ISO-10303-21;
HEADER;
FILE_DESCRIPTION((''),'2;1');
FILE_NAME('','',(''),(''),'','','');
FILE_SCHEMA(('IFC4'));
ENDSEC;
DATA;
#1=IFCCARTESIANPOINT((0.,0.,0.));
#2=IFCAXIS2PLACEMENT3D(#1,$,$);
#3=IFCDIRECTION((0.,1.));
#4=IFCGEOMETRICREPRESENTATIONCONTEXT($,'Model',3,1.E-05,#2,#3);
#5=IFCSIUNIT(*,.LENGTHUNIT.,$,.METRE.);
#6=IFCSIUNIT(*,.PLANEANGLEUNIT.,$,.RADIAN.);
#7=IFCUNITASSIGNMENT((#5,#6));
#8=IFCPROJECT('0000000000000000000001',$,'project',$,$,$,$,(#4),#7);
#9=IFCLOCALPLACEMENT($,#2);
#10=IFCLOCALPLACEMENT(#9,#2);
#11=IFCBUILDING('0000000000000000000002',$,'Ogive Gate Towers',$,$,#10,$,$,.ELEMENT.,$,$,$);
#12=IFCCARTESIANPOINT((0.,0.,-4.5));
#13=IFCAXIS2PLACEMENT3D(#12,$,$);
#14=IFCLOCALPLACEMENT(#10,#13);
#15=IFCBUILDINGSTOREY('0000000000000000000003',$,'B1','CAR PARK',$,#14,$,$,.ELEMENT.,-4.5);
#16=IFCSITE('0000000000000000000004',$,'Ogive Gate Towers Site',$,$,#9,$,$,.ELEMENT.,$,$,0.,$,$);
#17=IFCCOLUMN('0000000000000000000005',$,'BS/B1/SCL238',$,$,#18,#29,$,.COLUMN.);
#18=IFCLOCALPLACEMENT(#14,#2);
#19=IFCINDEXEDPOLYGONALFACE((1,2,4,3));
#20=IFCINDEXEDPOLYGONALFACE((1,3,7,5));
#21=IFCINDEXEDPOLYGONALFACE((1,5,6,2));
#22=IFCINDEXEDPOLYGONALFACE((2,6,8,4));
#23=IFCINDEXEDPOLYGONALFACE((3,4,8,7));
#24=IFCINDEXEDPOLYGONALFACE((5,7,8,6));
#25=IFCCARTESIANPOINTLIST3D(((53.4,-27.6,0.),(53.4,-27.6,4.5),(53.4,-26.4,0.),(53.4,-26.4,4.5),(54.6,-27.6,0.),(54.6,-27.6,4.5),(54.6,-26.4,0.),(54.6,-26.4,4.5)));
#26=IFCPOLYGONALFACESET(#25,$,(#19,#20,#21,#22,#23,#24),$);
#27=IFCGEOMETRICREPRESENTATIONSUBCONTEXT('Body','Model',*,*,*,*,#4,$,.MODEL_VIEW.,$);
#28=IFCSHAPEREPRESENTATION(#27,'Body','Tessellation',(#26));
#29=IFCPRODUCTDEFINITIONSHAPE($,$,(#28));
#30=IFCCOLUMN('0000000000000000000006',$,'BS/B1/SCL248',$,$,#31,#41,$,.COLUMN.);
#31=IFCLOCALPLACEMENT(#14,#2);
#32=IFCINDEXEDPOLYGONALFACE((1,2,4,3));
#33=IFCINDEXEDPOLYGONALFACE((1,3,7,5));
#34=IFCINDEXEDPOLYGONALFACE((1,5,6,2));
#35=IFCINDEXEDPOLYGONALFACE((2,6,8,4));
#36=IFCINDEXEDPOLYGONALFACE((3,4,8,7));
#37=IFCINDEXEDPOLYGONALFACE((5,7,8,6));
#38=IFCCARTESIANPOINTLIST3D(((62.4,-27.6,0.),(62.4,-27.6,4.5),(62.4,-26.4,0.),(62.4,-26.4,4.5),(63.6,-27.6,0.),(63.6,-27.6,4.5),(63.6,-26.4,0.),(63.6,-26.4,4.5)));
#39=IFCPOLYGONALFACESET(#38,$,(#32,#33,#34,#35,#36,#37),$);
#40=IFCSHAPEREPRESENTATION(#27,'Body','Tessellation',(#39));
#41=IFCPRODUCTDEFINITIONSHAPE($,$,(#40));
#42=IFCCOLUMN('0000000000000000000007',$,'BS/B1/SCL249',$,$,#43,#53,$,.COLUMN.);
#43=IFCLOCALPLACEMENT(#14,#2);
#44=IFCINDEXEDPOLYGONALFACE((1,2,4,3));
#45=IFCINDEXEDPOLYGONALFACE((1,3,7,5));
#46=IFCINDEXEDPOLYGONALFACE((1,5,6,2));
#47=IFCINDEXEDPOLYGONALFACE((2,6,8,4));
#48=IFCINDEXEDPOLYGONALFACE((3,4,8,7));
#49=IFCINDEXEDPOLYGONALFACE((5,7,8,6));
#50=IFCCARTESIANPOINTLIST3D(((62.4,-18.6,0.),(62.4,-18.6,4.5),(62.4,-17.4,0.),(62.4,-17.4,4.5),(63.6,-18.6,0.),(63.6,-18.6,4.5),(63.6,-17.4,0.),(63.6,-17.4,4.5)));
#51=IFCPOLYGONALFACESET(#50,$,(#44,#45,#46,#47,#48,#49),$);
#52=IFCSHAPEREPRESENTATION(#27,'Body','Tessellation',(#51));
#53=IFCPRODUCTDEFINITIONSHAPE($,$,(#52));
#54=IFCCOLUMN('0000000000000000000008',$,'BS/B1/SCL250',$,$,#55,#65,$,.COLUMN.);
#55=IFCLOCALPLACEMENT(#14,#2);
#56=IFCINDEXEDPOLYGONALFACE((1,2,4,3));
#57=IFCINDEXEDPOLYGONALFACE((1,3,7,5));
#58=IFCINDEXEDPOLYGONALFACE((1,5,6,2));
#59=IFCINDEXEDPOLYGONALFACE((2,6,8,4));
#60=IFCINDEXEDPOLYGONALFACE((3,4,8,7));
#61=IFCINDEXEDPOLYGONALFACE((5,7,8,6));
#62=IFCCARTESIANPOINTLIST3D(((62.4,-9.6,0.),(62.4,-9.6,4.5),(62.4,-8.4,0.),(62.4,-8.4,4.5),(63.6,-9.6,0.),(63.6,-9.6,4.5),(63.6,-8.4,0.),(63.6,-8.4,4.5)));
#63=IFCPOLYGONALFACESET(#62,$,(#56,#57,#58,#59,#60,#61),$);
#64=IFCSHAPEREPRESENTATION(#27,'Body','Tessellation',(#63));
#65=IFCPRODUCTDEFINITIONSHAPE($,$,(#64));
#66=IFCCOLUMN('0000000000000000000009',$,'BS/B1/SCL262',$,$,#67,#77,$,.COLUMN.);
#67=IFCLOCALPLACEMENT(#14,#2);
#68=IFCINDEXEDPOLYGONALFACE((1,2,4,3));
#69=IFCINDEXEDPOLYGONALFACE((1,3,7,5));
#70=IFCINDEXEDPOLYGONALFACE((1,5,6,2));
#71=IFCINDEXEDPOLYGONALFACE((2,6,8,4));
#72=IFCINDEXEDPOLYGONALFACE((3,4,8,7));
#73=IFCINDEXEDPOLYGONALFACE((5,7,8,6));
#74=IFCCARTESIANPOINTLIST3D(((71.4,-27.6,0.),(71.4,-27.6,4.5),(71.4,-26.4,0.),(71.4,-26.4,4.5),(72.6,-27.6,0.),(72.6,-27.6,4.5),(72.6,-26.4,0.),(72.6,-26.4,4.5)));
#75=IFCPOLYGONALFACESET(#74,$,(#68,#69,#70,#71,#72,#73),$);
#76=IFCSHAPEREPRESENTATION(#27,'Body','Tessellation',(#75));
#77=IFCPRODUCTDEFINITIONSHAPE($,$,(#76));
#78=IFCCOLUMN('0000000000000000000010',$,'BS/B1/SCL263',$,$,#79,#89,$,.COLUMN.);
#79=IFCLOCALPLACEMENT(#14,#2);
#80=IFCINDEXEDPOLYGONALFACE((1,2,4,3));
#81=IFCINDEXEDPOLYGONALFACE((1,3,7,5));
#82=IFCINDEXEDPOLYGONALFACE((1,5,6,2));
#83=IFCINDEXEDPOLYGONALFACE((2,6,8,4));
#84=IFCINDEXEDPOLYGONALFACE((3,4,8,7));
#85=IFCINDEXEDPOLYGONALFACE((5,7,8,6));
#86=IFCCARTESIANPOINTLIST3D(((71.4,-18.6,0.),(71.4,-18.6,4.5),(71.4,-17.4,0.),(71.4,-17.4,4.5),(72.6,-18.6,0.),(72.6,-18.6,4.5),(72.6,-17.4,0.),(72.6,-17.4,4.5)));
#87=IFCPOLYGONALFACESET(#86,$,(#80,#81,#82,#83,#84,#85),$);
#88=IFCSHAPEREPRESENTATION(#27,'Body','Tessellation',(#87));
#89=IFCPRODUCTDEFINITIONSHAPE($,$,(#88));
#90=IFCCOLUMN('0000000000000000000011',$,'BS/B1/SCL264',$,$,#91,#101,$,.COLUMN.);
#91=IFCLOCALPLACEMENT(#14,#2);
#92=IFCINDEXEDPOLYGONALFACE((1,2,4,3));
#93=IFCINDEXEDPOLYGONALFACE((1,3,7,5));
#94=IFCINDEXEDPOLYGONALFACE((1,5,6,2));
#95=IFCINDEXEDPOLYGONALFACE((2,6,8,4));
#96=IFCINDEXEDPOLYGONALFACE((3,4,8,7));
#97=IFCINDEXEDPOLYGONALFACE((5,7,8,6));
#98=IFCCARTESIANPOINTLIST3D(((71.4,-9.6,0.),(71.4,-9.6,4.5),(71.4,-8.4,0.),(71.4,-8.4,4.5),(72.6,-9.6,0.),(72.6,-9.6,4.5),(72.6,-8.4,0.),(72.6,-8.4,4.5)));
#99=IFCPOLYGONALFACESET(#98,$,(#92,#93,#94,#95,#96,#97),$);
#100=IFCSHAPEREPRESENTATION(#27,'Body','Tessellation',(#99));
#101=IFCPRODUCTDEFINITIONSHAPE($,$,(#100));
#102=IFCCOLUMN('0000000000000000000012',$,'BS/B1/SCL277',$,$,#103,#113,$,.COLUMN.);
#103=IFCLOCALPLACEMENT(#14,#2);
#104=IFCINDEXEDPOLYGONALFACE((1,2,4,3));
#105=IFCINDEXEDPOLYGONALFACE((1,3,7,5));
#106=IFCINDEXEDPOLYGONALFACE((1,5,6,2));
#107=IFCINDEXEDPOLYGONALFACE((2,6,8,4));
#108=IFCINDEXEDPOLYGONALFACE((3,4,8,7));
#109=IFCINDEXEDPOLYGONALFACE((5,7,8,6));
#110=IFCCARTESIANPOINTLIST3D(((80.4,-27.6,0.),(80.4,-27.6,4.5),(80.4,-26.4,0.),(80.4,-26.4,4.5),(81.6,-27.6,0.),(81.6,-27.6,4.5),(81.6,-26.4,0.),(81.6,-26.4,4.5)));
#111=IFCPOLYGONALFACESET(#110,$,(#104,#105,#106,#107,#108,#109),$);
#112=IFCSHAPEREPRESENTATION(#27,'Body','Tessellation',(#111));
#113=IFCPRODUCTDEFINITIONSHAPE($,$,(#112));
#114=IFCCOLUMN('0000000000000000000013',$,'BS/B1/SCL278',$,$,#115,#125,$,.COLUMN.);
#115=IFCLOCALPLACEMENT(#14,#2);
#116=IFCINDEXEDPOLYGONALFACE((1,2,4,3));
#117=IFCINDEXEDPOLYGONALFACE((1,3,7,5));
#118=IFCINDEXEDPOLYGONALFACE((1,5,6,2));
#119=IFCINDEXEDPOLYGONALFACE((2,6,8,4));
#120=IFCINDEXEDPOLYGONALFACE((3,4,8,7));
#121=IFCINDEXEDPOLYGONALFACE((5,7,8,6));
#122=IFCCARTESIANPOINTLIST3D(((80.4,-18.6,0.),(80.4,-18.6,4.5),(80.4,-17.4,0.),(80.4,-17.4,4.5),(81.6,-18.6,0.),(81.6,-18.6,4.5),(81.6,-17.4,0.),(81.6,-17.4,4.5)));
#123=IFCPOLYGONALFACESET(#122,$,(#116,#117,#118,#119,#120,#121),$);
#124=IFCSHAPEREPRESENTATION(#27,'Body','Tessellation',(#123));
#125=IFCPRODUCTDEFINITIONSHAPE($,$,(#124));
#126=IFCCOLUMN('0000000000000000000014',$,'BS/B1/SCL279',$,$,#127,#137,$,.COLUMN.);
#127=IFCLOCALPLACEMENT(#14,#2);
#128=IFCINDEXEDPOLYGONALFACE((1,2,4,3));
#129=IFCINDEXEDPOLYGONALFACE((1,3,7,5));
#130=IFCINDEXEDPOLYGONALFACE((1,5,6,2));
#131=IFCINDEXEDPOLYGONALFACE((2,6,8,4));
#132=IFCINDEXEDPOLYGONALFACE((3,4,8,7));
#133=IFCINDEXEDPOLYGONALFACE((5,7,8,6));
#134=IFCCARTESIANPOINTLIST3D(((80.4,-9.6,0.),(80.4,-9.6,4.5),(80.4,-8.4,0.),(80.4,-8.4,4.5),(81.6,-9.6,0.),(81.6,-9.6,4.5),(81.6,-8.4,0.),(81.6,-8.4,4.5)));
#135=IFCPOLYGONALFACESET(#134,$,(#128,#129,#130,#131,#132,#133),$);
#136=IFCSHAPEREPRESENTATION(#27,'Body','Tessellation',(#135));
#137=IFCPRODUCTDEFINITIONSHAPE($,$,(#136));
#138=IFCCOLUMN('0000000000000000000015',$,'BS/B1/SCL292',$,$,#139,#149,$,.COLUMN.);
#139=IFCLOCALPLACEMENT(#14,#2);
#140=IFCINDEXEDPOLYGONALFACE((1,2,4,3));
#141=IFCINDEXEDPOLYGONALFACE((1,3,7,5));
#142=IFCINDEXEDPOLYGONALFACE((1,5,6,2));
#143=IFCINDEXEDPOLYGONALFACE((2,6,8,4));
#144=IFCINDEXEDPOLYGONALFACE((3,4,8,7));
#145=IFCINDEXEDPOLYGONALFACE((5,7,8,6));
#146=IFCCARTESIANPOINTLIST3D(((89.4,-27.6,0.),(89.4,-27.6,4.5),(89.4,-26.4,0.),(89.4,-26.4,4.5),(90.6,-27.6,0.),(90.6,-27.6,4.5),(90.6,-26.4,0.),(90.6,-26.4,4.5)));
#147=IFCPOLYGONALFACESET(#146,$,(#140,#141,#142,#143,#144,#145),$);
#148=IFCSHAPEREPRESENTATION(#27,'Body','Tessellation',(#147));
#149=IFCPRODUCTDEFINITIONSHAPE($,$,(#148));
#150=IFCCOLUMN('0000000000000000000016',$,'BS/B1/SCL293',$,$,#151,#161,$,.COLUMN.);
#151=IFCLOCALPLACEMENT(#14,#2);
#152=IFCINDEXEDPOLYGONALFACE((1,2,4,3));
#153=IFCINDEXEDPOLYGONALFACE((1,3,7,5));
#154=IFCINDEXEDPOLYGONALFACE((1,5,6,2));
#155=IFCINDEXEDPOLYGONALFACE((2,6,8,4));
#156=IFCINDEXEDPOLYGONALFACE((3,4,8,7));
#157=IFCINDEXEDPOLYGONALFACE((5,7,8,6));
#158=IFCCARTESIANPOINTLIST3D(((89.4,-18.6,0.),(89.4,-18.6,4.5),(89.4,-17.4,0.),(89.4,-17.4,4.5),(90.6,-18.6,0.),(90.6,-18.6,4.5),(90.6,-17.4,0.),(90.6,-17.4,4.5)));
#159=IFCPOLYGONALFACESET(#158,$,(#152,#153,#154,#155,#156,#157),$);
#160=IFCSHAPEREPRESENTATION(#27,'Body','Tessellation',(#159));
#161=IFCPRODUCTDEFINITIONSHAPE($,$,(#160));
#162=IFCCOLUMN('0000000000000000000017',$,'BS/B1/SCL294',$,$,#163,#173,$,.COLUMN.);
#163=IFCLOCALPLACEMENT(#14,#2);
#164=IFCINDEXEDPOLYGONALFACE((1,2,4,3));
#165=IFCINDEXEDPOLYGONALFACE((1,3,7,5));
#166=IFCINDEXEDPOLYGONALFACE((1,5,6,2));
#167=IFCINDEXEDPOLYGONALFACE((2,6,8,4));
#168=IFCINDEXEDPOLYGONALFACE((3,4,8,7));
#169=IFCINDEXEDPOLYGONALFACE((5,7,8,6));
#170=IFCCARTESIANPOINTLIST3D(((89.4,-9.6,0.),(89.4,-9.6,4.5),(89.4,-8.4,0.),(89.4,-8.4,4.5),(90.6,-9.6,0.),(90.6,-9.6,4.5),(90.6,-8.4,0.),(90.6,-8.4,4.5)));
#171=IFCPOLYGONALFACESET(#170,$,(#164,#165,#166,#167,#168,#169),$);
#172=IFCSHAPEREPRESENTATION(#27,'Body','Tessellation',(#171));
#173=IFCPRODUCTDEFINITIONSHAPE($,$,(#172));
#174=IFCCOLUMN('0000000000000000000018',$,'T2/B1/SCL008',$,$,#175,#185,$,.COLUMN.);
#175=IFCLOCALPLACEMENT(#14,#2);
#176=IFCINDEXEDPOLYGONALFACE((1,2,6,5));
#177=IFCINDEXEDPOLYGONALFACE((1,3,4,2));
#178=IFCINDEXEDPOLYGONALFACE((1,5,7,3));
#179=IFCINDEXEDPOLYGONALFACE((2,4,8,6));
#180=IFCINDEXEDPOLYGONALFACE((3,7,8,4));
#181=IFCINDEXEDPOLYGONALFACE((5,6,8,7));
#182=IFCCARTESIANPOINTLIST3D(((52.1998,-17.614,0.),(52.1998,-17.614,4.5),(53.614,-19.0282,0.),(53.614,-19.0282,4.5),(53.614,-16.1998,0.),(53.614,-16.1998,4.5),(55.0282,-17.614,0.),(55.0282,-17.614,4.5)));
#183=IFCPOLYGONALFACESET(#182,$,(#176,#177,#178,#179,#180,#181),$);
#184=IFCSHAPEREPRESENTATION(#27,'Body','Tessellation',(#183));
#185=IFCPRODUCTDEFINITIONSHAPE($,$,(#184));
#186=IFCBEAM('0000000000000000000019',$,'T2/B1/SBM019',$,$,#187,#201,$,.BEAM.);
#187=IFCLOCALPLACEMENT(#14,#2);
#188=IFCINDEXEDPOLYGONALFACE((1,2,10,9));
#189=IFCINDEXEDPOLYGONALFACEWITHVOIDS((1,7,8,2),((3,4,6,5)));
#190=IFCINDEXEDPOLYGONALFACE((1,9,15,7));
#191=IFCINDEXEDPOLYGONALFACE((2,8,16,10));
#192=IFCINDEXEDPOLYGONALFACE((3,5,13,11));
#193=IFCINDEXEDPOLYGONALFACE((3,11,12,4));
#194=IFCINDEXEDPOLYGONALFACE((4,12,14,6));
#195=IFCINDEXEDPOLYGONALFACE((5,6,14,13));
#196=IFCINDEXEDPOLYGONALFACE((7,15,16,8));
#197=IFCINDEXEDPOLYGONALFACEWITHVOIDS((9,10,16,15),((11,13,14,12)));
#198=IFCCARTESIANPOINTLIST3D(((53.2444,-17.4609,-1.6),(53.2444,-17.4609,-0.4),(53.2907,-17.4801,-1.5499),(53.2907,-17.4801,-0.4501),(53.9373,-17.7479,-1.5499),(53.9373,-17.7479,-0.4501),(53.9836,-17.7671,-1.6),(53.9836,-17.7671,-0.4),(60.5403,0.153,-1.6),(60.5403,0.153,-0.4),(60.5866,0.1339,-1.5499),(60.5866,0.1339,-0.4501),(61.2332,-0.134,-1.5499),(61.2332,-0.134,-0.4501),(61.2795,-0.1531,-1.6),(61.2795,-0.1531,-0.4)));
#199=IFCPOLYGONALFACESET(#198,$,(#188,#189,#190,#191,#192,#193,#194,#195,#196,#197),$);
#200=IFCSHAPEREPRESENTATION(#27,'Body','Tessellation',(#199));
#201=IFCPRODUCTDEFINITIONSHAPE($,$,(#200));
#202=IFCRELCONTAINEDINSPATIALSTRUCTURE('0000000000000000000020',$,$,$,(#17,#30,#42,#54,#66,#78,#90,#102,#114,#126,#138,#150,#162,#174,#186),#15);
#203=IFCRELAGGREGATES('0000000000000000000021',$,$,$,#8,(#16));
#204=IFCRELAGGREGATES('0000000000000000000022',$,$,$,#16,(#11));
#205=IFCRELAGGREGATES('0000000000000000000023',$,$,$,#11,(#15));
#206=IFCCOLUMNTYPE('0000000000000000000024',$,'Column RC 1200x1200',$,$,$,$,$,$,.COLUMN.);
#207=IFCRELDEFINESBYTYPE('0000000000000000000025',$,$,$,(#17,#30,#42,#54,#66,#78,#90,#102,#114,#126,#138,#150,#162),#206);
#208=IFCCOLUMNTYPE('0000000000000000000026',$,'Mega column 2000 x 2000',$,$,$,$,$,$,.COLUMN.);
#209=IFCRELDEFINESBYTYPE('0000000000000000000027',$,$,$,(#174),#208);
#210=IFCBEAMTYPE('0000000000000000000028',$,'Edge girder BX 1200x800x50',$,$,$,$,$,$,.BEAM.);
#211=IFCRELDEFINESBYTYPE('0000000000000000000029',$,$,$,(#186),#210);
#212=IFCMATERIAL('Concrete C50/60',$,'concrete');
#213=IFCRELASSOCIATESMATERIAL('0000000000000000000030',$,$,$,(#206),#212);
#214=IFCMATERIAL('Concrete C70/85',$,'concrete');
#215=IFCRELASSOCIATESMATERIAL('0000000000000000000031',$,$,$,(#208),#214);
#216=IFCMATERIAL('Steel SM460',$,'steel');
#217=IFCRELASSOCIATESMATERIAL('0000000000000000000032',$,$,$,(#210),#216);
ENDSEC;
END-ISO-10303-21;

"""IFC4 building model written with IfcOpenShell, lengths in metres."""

from ifc_helpers import new_model, si_unit, direction, frame, origin, origin_2d, place, context, subcontext, project, spatial, rectangle, hollow_rectangle, extrude, material, material_profile, profile_set, type_object, element, save


model = new_model("IFC4")

# Units and contexts
model_context = context("Model", 3, precision=1e-05, world=origin(), true_north=direction((0.0, 1.0)))
body_context = subcontext(model_context, "Body", "Model", "MODEL_VIEW")
ifc_project = project(units=[si_unit("LENGTHUNIT", "METRE"), si_unit("PLANEANGLEUNIT", "RADIAN")], contexts=[model_context])

# Site, building, storey
site_placement = place(None, origin())
site = spatial("IfcSite", under=ifc_project, at=site_placement, Name="Ogive Gate Towers Site", CompositionType="ELEMENT", RefElevation=0.0)
building_placement = place(site_placement, origin())
building = spatial("IfcBuilding", under=site, at=building_placement, Name="Ogive Gate Towers", CompositionType="ELEMENT")
storey_placement = place(building_placement, frame((0.0, 0.0, -4.5)))
storey = spatial("IfcBuildingStorey", under=building, at=storey_placement, Name="B1", Description="CAR PARK", CompositionType="ELEMENT", Elevation=-4.5)

# Columns
ifc_material_1 = material(Name="Concrete C50/60", Category="concrete")
ifc_material_profile_1 = material_profile(ifc_material_1, rectangle(XDim=1.2, YDim=1.2, at=origin_2d()), Name="RC 1200x1200")
ifc_profile_set_1 = profile_set([ifc_material_profile_1], Name="Concrete C50/60")
column_type_1 = type_object("IfcColumnType", Name="Column RC 1200x1200", PredefinedType="COLUMN", material=ifc_profile_set_1)
for number, where, z_axis, x_axis, name in (
    (1, (54.0, -27.0, 0.0), (0.0, 0.0, 1.0), (1.0, 0.0, 0.0), "BS/B1/SCL238"),
    (2, (63.0, -27.0, 0.0), (0.0, 0.0, 1.0), (1.0, 0.0, 0.0), "BS/B1/SCL248"),
    (3, (63.0, -18.0, 0.0), (0.0, 0.0, 1.0), (1.0, 0.0, 0.0), "BS/B1/SCL249"),
    (4, (63.0, -9.0, 0.0), (0.0, 0.0, 1.0), (1.0, 0.0, 0.0), "BS/B1/SCL250"),
    (5, (72.0, -27.0, 0.0), (0.0, 0.0, 1.0), (1.0, 0.0, 0.0), "BS/B1/SCL262"),
    (6, (72.0, -18.0, 0.0), (0.0, 0.0, 1.0), (1.0, 0.0, 0.0), "BS/B1/SCL263"),
    (7, (72.0, -9.0, 0.0), (0.0, 0.0, 1.0), (1.0, 0.0, 0.0), "BS/B1/SCL264"),
    (8, (81.0, -27.0, 0.0), (0.0, 0.0, 1.0), (1.0, 0.0, 0.0), "BS/B1/SCL277"),
    (9, (81.0, -18.0, 0.0), (0.0, 0.0, 1.0), (1.0, 0.0, 0.0), "BS/B1/SCL278"),
    (10, (81.0, -9.0, 0.0), (0.0, 0.0, 1.0), (1.0, 0.0, 0.0), "BS/B1/SCL279"),
    (11, (90.0, -27.0, 0.0), (0.0, 0.0, 1.0), (1.0, 0.0, 0.0), "BS/B1/SCL292"),
    (12, (90.0, -18.0, 0.0), (0.0, 0.0, 1.0), (1.0, 0.0, 0.0), "BS/B1/SCL293"),
    (13, (90.0, -9.0, 0.0), (0.0, 0.0, 1.0), (1.0, 0.0, 0.0), "BS/B1/SCL294"),
):
    element("IfcColumn", number, at=place(storey_placement, frame(where, z_axis=z_axis, x_axis=x_axis)), inside=storey, type_object=column_type_1, Name=name, PredefinedType="COLUMN", context=body_context, shape_type="SweptSolid", body=[
        extrude(rectangle(XDim=1.2, YDim=1.2, at=origin_2d()), origin(), (0.0, 0.0, 1.0), 4.5),
    ])
ifc_material_2 = material(Name="Concrete C70/85", Category="concrete")
ifc_material_profile_2 = material_profile(ifc_material_2, rectangle(XDim=2.0, YDim=2.0, at=origin_2d()), Name="RC 2000x2000")
ifc_profile_set_2 = profile_set([ifc_material_profile_2], Name="Concrete C70/85")
column_type_2 = type_object("IfcColumnType", Name="Mega column 2000 x 2000", PredefinedType="COLUMN", material=ifc_profile_set_2)
column_placement = place(storey_placement, frame((53.614, -17.614, 0.0), z_axis=(0.0, 0.0, 1.0), x_axis=(0.707107, -0.707107, 0.0)))
element("IfcColumn", 14, at=column_placement, inside=storey, type_object=column_type_2, Name="T2/B1/SCL008", PredefinedType="COLUMN", context=body_context, shape_type="SweptSolid", body=[
    extrude(rectangle(XDim=2.0, YDim=2.0, at=origin_2d()), origin(), (0.0, 0.0, 1.0), 4.5),
])

# Beam
ifc_material_3 = material(Name="Steel SM460", Category="steel")
ifc_material_profile_3 = material_profile(ifc_material_3, hollow_rectangle(XDim=0.8, YDim=1.2, WallThickness=0.05, at=origin_2d()), Name="BX 1200x800x50")
ifc_profile_set_3 = profile_set([ifc_material_profile_3], Name="Steel SM460")
beam_type_1 = type_object("IfcBeamType", Name="Edge girder BX 1200x800x50", PredefinedType="BEAM", material=ifc_profile_set_3)
beam_1_placement = place(storey_placement, frame((53.614, -17.614, -1.0), z_axis=(0.382681, 0.923881, 0.0), x_axis=(-0.923881, 0.382681, 0.0)))
element("IfcBeam", 15, at=beam_1_placement, inside=storey, type_object=beam_type_1, Name="T2/B1/SBM019", PredefinedType="BEAM", context=body_context, shape_type="SweptSolid", body=[
    extrude(hollow_rectangle(XDim=0.8, YDim=1.2, WallThickness=0.05, at=origin_2d()), origin(), (0.0, 0.0, 1.0), 19.0652),
])

save(model, "model.ifc")
